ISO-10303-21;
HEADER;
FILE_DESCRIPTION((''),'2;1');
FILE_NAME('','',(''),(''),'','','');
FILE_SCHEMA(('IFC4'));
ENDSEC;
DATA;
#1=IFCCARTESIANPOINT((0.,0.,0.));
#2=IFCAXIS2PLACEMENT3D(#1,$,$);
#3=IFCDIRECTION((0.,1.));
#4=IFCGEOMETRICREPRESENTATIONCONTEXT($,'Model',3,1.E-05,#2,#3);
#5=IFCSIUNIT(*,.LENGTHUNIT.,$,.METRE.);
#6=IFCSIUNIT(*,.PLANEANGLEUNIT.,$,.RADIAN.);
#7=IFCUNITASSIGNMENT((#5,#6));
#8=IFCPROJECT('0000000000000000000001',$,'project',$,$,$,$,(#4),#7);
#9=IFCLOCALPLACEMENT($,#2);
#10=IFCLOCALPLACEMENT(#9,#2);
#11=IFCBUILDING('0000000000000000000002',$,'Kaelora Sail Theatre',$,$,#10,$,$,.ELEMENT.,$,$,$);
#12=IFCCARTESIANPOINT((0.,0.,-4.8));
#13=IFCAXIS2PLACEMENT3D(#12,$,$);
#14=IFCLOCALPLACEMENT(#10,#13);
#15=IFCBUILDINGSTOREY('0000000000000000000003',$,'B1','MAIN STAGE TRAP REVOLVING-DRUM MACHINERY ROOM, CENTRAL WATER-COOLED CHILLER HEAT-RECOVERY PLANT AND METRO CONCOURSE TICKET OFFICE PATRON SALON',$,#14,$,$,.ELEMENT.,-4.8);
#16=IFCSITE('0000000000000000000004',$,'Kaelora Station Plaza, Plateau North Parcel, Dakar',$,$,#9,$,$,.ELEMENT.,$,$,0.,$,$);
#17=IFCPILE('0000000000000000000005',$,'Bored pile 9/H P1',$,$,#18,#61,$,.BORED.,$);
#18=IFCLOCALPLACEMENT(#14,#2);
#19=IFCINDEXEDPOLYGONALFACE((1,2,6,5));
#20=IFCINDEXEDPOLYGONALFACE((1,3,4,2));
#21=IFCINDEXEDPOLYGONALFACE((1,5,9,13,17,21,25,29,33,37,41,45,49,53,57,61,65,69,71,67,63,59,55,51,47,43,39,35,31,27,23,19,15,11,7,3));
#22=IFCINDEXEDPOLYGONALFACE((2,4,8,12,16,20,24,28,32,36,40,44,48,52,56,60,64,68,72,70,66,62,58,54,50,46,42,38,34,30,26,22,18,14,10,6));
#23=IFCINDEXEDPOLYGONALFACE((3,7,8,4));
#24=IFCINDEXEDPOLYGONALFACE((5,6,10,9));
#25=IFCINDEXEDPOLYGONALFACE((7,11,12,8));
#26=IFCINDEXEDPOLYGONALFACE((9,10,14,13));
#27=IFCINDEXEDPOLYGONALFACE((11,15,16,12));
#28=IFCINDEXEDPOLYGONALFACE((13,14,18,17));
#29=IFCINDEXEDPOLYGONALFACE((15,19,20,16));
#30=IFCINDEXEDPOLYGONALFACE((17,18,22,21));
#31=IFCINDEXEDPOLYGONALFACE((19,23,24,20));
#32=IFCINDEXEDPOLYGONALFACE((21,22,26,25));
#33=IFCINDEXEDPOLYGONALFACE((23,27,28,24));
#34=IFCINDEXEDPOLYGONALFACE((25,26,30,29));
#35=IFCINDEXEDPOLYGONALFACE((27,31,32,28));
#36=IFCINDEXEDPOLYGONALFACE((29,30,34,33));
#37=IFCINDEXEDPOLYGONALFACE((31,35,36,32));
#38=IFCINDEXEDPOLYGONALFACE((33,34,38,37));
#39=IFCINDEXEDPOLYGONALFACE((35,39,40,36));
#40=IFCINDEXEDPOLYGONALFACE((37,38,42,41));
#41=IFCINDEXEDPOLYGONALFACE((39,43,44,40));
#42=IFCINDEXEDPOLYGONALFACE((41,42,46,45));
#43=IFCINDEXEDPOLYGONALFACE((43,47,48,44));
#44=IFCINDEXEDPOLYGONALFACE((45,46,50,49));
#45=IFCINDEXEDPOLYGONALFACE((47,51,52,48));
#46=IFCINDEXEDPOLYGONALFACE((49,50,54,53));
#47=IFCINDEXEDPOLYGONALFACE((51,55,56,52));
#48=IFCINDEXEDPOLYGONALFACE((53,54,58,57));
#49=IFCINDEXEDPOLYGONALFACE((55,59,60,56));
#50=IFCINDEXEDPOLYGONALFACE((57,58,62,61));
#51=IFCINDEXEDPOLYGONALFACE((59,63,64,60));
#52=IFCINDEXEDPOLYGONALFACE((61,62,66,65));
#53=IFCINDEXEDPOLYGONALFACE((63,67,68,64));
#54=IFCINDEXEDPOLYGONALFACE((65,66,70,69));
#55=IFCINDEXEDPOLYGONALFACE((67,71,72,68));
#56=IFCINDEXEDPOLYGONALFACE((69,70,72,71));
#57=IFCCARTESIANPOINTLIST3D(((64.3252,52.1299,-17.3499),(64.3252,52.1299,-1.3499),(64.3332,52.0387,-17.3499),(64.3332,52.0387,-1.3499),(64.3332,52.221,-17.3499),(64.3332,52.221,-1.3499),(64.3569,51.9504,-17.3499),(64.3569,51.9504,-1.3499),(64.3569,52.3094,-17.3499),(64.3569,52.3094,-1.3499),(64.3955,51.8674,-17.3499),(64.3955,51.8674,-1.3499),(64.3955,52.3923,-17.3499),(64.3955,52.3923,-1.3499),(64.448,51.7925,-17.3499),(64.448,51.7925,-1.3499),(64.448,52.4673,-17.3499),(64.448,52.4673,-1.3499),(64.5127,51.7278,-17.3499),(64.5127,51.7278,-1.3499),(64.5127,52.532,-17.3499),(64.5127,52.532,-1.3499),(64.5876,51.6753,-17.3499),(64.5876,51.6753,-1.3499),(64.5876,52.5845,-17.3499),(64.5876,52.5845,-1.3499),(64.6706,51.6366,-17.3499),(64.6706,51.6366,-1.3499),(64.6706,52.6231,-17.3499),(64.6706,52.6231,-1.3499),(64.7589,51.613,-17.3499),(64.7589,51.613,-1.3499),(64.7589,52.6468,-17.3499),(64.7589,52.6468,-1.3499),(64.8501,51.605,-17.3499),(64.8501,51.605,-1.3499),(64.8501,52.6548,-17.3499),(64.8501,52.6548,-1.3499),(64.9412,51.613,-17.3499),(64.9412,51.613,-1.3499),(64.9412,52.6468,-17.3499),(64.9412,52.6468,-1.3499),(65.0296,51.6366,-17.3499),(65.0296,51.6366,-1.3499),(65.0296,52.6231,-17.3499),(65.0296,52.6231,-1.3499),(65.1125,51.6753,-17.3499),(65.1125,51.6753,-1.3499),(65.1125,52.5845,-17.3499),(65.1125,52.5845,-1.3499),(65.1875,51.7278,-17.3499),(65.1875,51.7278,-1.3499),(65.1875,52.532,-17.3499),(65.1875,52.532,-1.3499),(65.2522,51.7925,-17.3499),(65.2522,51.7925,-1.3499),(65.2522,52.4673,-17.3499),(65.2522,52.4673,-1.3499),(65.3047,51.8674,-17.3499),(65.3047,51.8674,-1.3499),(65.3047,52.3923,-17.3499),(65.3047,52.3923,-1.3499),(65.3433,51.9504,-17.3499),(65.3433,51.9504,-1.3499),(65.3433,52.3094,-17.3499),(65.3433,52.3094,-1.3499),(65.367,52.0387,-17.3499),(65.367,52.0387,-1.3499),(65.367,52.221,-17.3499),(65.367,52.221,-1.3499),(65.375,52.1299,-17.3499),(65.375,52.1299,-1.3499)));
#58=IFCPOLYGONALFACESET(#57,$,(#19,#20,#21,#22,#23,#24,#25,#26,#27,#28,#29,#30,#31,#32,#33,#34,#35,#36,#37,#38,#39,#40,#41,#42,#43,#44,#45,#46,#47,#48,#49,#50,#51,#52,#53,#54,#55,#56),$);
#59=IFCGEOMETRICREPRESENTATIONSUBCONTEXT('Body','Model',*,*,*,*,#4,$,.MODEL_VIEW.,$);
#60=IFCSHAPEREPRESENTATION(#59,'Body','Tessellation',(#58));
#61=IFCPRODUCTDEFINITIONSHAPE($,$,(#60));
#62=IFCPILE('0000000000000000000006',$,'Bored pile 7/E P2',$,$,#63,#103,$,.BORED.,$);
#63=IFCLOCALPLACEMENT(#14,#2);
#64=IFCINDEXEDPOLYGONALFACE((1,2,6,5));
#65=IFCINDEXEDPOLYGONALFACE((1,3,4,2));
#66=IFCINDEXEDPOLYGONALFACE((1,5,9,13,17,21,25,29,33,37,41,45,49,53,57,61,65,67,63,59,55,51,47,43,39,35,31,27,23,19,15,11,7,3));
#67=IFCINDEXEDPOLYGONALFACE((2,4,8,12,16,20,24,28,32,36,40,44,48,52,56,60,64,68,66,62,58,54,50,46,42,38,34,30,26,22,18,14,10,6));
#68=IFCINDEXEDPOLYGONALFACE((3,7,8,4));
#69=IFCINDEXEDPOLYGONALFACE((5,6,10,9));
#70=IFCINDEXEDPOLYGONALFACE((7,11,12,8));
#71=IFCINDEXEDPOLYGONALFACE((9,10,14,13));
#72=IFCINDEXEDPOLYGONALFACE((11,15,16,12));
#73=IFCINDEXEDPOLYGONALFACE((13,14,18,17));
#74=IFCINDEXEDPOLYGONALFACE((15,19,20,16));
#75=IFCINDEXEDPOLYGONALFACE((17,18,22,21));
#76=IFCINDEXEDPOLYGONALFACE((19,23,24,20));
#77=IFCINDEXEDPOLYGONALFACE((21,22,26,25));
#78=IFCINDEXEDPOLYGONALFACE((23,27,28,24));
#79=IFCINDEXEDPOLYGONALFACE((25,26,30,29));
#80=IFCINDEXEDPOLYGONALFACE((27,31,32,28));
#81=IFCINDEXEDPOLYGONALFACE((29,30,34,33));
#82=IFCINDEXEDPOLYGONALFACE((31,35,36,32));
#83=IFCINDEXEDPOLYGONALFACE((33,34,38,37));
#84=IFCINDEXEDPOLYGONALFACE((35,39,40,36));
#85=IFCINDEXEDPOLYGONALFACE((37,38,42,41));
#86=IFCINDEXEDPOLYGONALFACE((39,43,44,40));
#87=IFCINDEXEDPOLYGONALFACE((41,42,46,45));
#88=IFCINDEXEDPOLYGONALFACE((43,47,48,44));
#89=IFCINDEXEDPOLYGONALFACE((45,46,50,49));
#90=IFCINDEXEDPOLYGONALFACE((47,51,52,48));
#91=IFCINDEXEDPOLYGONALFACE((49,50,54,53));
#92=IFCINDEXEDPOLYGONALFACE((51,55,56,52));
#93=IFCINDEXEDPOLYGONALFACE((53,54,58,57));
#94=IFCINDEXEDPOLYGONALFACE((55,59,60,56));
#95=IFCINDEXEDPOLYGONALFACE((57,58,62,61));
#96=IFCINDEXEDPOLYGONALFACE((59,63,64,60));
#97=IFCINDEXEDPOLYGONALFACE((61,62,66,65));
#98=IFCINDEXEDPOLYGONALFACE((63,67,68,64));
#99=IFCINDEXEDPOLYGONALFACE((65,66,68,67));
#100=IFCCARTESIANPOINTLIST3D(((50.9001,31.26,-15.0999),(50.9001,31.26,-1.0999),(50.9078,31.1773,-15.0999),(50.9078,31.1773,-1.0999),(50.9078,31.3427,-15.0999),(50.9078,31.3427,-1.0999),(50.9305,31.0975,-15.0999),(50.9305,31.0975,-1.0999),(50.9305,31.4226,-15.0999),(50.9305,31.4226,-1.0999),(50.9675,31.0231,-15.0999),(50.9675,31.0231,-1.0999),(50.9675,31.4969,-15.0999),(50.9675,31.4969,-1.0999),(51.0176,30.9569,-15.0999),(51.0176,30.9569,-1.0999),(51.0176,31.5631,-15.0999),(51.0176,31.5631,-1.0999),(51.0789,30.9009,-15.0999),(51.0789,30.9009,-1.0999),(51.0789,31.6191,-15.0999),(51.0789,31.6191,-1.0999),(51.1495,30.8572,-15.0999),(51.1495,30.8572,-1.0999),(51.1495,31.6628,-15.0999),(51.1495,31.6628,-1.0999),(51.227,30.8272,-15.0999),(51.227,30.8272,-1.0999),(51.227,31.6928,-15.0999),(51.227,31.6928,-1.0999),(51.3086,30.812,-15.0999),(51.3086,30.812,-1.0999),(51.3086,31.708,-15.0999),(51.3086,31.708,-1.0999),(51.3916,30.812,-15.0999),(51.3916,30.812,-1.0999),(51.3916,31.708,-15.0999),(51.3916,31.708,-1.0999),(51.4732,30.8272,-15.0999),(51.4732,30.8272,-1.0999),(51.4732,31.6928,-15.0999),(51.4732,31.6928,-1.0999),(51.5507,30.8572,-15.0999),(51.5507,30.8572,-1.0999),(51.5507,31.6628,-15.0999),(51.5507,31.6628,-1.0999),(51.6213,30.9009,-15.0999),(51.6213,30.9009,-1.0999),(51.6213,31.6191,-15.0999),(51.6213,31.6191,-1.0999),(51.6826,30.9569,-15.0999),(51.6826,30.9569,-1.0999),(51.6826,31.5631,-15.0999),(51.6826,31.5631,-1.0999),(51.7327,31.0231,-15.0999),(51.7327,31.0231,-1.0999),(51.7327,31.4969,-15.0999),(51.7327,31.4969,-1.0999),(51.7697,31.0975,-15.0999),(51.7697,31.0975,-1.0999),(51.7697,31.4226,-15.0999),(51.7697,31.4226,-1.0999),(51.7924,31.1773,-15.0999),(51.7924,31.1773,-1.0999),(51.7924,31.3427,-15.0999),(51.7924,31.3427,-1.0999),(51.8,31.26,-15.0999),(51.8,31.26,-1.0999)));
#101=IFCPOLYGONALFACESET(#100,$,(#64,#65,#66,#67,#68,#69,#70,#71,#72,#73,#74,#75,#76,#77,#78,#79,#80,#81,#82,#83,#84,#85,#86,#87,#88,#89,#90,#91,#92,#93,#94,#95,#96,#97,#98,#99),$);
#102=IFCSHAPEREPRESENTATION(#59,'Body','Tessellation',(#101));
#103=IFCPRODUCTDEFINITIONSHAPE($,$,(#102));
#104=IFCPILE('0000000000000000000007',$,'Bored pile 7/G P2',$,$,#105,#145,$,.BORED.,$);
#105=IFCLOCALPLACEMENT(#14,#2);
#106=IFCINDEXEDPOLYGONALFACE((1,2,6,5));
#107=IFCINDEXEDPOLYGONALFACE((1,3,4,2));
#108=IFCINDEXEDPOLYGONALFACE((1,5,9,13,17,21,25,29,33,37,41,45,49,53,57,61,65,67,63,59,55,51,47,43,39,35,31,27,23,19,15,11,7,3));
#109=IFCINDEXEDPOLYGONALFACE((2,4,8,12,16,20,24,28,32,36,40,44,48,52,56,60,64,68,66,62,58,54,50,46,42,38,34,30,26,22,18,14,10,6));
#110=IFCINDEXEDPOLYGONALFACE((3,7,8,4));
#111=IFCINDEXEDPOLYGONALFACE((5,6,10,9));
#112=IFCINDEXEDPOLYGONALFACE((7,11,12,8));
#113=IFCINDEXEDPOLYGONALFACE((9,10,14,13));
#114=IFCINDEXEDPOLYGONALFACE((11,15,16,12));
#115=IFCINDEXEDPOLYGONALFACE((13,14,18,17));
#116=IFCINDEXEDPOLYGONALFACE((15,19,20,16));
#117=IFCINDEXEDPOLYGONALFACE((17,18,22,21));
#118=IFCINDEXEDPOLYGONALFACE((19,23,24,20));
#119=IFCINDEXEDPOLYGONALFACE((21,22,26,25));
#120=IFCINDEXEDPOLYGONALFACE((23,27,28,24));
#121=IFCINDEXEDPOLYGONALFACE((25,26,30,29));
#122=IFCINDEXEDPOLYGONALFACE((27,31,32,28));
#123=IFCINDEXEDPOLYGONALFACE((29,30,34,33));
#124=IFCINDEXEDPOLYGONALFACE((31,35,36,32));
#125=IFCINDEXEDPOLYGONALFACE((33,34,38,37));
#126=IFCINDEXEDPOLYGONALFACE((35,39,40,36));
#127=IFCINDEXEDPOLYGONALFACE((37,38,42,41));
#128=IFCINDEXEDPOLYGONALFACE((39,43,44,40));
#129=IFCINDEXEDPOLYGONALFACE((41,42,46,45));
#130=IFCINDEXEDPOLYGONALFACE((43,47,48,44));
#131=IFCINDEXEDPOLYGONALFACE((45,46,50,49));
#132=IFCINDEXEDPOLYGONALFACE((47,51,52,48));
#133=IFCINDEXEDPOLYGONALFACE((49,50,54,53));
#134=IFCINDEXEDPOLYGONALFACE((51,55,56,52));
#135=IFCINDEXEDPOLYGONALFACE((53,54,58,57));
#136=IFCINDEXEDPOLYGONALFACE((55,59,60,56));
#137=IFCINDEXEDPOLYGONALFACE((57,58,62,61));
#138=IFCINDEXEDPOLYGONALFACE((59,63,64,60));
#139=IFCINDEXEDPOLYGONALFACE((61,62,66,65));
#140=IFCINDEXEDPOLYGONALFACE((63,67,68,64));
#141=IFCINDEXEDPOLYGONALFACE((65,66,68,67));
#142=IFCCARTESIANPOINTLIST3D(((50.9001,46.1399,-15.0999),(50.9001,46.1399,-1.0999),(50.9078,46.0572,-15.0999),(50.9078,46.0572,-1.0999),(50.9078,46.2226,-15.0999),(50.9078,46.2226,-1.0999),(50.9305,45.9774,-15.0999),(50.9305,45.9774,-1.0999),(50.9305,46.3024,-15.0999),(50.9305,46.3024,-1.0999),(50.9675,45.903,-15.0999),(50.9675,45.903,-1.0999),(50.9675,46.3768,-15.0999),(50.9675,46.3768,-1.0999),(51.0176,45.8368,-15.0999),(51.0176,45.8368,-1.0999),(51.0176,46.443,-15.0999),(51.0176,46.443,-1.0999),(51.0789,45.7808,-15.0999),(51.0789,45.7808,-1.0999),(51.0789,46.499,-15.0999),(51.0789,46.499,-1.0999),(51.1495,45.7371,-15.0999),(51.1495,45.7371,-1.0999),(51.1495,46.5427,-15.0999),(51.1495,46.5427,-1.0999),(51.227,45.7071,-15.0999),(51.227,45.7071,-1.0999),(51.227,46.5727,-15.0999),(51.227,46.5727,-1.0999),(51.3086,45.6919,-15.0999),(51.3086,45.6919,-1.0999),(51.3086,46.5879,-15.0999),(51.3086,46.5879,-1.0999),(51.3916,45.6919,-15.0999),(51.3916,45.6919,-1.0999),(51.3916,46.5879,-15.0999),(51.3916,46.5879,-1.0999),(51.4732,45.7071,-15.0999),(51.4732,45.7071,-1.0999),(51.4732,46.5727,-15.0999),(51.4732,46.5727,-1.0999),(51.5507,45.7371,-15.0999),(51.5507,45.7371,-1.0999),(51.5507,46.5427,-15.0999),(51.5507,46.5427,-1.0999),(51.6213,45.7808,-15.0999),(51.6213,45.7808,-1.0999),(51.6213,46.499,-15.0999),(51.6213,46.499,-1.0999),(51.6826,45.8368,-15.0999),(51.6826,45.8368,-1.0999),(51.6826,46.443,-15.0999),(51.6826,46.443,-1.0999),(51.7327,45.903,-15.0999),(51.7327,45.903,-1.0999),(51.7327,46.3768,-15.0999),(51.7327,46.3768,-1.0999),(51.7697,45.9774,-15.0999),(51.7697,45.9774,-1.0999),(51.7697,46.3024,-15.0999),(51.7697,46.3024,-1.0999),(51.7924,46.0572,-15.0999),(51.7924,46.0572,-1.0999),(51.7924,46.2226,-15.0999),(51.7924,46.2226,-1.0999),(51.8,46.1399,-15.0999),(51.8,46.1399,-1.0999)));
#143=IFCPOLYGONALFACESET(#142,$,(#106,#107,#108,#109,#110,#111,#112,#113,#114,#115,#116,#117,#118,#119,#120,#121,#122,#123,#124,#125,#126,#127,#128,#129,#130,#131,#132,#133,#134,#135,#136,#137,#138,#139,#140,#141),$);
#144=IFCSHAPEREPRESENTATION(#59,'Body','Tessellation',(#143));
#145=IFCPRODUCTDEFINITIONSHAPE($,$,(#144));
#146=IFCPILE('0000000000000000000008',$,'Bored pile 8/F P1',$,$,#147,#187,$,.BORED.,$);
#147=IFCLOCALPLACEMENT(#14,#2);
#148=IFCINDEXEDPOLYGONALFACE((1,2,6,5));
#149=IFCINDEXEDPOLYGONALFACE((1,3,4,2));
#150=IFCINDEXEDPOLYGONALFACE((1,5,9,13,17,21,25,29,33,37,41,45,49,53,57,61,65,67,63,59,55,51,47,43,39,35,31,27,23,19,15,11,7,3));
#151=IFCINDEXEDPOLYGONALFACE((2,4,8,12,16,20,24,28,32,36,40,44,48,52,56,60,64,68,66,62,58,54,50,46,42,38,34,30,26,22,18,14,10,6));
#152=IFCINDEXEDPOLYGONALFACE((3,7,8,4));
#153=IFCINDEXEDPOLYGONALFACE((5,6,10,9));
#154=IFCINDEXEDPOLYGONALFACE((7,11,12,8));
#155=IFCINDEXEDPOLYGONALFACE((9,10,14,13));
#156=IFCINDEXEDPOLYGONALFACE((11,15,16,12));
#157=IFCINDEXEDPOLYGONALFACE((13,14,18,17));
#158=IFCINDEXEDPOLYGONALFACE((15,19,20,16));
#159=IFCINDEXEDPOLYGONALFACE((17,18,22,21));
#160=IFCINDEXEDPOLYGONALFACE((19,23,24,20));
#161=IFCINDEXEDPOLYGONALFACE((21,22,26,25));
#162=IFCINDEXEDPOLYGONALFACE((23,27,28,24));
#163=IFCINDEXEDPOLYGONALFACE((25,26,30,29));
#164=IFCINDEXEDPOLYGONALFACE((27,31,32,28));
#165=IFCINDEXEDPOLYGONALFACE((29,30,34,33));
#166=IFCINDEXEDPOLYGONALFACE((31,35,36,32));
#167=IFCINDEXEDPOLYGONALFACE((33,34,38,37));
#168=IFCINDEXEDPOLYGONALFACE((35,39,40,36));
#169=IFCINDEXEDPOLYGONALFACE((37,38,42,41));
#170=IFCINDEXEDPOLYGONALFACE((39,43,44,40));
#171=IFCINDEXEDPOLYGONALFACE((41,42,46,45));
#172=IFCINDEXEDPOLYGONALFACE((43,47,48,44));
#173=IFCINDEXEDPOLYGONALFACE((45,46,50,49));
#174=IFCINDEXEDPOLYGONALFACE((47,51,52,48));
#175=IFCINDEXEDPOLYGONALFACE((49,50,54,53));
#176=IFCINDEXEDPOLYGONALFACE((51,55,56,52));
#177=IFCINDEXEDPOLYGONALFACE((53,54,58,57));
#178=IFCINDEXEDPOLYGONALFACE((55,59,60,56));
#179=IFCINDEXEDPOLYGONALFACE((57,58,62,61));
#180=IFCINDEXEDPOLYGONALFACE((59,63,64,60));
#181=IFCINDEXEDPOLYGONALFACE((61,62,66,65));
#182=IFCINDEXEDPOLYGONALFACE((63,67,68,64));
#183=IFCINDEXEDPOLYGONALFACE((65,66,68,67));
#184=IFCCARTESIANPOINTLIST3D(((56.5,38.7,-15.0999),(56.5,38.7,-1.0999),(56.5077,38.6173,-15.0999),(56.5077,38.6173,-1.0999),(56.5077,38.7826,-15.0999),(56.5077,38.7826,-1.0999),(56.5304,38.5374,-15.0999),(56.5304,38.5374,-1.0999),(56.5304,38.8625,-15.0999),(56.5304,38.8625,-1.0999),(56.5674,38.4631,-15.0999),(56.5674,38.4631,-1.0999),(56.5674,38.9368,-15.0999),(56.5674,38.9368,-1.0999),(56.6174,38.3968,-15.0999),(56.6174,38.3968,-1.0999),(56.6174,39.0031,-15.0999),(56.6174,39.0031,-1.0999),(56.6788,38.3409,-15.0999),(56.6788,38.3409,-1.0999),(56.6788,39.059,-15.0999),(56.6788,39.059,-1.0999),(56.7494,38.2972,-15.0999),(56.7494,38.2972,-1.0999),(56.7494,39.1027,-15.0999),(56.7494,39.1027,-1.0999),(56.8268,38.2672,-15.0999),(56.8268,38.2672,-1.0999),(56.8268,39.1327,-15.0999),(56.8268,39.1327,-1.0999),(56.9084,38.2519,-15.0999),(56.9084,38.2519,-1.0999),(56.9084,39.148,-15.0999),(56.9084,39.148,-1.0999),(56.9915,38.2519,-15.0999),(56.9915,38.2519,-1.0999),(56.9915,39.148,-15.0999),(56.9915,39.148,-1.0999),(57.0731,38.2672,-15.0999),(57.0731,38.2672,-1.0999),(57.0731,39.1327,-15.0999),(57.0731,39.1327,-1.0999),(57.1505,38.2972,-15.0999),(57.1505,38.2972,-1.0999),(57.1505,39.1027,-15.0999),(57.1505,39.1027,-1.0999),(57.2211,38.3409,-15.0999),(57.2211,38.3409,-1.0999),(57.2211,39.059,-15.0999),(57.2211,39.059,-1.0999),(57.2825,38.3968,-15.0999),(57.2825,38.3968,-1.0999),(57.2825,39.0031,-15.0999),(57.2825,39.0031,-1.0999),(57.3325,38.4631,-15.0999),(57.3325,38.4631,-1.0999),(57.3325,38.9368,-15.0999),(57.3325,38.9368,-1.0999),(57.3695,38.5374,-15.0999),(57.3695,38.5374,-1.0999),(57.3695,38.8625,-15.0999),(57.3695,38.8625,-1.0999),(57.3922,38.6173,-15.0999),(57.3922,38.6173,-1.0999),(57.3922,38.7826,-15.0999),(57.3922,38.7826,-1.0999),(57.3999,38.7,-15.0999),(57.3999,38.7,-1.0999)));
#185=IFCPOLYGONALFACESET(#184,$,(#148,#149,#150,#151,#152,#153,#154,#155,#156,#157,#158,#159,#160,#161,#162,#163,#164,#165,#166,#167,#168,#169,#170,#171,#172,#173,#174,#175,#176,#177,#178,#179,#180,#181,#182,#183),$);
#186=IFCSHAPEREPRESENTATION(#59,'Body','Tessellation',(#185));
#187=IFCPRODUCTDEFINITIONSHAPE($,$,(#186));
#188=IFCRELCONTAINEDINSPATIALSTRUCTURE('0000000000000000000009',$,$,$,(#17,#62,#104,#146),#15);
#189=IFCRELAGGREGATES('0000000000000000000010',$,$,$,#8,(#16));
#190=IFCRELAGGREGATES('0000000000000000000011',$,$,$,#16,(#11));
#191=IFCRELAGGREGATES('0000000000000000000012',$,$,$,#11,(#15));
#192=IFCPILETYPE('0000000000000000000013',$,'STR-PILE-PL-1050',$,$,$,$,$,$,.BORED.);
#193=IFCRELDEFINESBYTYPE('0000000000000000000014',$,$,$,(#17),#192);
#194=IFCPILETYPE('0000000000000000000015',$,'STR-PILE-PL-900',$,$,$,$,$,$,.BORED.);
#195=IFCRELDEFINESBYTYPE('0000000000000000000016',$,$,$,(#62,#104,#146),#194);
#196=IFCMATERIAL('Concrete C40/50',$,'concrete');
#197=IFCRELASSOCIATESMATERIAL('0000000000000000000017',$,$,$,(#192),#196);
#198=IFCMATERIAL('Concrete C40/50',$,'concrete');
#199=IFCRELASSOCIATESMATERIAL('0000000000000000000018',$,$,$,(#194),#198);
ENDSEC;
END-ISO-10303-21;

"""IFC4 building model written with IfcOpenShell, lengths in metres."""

from ifc_helpers import new_model, si_unit, direction, frame, origin, origin_2d, place, context, subcontext, project, spatial, circle, extrude, material, material_profile, profile_set, type_object, element, save


model = new_model("IFC4")

# Units and contexts
model_context = context("Model", 3, precision=1e-05, world=origin(), true_north=direction((0.0, 1.0)))
body_context = subcontext(model_context, "Body", "Model", "MODEL_VIEW")
ifc_project = project(units=[si_unit("LENGTHUNIT", "METRE"), si_unit("PLANEANGLEUNIT", "RADIAN")], contexts=[model_context])

# Site, building, storey
site_placement = place(None, origin())
site = spatial("IfcSite", under=ifc_project, at=site_placement, Name="Kaelora Station Plaza, Plateau North Parcel, Dakar", CompositionType="ELEMENT", RefElevation=0.0)
building_placement = place(site_placement, origin())
building = spatial("IfcBuilding", under=site, at=building_placement, Name="Kaelora Sail Theatre", CompositionType="ELEMENT")
storey_placement = place(building_placement, frame((0.0, 0.0, -4.8)))
storey = spatial("IfcBuildingStorey", under=building, at=storey_placement, Name="B1", Description="MAIN STAGE TRAP REVOLVING-DRUM MACHINERY ROOM, CENTRAL WATER-COOLED CHILLER HEAT-RECOVERY PLANT AND METRO CONCOURSE TICKET OFFICE PATRON SALON", CompositionType="ELEMENT", Elevation=-4.8)

# Piles
ifc_material_1 = material(Name="Concrete C40/50", Category="concrete")
ifc_material_profile_1 = material_profile(ifc_material_1, circle(Radius=0.5249, at=origin_2d()), Name="PILE D1050")
ifc_profile_set_1 = profile_set([ifc_material_profile_1], Name="Concrete C40/50")
pile_type_1 = type_object("IfcPileType", Name="STR-PILE-PL-1050", PredefinedType="BORED", material=ifc_profile_set_1)
for number, where, z_axis, x_axis, name in (
    (1, (64.8501, 52.1299, -1.3499), (0.0, 0.0, -1.0), (1.0, 0.0, 0.0), "Bored pile 9/H P1"),
):
    element("IfcPile", number, at=place(storey_placement, frame(where, z_axis=z_axis, x_axis=x_axis)), inside=storey, type_object=pile_type_1, Name=name, PredefinedType="BORED", context=body_context, shape_type="SweptSolid", body=[
        extrude(circle(Radius=0.5249, at=origin_2d()), origin(), (0.0, 0.0, 1.0), 16.0),
    ])
ifc_material_2 = material(Name="Concrete C40/50", Category="concrete")
ifc_material_profile_2 = material_profile(ifc_material_2, circle(Radius=0.45, at=origin_2d()), Name="PILE D900")
ifc_profile_set_2 = profile_set([ifc_material_profile_2], Name="Concrete C40/50")
pile_type_2 = type_object("IfcPileType", Name="STR-PILE-PL-900", PredefinedType="BORED", material=ifc_profile_set_2)
for number, where, z_axis, x_axis, name in (
    (2, (51.3501, 31.26, -1.0999), (0.0, 0.0, -1.0), (1.0, 0.0, 0.0), "Bored pile 7/E P2"),
    (3, (51.3501, 46.1399, -1.0999), (0.0, 0.0, -1.0), (1.0, 0.0, 0.0), "Bored pile 7/G P2"),
    (4, (56.95, 38.7, -1.0999), (0.0, 0.0, -1.0), (1.0, 0.0, 0.0), "Bored pile 8/F P1"),
):
    element("IfcPile", number, at=place(storey_placement, frame(where, z_axis=z_axis, x_axis=x_axis)), inside=storey, type_object=pile_type_2, Name=name, PredefinedType="BORED", context=body_context, shape_type="SweptSolid", body=[
        extrude(circle(Radius=0.45, at=origin_2d()), origin(), (0.0, 0.0, 1.0), 14.0),
    ])

save(model, "model.ifc")
